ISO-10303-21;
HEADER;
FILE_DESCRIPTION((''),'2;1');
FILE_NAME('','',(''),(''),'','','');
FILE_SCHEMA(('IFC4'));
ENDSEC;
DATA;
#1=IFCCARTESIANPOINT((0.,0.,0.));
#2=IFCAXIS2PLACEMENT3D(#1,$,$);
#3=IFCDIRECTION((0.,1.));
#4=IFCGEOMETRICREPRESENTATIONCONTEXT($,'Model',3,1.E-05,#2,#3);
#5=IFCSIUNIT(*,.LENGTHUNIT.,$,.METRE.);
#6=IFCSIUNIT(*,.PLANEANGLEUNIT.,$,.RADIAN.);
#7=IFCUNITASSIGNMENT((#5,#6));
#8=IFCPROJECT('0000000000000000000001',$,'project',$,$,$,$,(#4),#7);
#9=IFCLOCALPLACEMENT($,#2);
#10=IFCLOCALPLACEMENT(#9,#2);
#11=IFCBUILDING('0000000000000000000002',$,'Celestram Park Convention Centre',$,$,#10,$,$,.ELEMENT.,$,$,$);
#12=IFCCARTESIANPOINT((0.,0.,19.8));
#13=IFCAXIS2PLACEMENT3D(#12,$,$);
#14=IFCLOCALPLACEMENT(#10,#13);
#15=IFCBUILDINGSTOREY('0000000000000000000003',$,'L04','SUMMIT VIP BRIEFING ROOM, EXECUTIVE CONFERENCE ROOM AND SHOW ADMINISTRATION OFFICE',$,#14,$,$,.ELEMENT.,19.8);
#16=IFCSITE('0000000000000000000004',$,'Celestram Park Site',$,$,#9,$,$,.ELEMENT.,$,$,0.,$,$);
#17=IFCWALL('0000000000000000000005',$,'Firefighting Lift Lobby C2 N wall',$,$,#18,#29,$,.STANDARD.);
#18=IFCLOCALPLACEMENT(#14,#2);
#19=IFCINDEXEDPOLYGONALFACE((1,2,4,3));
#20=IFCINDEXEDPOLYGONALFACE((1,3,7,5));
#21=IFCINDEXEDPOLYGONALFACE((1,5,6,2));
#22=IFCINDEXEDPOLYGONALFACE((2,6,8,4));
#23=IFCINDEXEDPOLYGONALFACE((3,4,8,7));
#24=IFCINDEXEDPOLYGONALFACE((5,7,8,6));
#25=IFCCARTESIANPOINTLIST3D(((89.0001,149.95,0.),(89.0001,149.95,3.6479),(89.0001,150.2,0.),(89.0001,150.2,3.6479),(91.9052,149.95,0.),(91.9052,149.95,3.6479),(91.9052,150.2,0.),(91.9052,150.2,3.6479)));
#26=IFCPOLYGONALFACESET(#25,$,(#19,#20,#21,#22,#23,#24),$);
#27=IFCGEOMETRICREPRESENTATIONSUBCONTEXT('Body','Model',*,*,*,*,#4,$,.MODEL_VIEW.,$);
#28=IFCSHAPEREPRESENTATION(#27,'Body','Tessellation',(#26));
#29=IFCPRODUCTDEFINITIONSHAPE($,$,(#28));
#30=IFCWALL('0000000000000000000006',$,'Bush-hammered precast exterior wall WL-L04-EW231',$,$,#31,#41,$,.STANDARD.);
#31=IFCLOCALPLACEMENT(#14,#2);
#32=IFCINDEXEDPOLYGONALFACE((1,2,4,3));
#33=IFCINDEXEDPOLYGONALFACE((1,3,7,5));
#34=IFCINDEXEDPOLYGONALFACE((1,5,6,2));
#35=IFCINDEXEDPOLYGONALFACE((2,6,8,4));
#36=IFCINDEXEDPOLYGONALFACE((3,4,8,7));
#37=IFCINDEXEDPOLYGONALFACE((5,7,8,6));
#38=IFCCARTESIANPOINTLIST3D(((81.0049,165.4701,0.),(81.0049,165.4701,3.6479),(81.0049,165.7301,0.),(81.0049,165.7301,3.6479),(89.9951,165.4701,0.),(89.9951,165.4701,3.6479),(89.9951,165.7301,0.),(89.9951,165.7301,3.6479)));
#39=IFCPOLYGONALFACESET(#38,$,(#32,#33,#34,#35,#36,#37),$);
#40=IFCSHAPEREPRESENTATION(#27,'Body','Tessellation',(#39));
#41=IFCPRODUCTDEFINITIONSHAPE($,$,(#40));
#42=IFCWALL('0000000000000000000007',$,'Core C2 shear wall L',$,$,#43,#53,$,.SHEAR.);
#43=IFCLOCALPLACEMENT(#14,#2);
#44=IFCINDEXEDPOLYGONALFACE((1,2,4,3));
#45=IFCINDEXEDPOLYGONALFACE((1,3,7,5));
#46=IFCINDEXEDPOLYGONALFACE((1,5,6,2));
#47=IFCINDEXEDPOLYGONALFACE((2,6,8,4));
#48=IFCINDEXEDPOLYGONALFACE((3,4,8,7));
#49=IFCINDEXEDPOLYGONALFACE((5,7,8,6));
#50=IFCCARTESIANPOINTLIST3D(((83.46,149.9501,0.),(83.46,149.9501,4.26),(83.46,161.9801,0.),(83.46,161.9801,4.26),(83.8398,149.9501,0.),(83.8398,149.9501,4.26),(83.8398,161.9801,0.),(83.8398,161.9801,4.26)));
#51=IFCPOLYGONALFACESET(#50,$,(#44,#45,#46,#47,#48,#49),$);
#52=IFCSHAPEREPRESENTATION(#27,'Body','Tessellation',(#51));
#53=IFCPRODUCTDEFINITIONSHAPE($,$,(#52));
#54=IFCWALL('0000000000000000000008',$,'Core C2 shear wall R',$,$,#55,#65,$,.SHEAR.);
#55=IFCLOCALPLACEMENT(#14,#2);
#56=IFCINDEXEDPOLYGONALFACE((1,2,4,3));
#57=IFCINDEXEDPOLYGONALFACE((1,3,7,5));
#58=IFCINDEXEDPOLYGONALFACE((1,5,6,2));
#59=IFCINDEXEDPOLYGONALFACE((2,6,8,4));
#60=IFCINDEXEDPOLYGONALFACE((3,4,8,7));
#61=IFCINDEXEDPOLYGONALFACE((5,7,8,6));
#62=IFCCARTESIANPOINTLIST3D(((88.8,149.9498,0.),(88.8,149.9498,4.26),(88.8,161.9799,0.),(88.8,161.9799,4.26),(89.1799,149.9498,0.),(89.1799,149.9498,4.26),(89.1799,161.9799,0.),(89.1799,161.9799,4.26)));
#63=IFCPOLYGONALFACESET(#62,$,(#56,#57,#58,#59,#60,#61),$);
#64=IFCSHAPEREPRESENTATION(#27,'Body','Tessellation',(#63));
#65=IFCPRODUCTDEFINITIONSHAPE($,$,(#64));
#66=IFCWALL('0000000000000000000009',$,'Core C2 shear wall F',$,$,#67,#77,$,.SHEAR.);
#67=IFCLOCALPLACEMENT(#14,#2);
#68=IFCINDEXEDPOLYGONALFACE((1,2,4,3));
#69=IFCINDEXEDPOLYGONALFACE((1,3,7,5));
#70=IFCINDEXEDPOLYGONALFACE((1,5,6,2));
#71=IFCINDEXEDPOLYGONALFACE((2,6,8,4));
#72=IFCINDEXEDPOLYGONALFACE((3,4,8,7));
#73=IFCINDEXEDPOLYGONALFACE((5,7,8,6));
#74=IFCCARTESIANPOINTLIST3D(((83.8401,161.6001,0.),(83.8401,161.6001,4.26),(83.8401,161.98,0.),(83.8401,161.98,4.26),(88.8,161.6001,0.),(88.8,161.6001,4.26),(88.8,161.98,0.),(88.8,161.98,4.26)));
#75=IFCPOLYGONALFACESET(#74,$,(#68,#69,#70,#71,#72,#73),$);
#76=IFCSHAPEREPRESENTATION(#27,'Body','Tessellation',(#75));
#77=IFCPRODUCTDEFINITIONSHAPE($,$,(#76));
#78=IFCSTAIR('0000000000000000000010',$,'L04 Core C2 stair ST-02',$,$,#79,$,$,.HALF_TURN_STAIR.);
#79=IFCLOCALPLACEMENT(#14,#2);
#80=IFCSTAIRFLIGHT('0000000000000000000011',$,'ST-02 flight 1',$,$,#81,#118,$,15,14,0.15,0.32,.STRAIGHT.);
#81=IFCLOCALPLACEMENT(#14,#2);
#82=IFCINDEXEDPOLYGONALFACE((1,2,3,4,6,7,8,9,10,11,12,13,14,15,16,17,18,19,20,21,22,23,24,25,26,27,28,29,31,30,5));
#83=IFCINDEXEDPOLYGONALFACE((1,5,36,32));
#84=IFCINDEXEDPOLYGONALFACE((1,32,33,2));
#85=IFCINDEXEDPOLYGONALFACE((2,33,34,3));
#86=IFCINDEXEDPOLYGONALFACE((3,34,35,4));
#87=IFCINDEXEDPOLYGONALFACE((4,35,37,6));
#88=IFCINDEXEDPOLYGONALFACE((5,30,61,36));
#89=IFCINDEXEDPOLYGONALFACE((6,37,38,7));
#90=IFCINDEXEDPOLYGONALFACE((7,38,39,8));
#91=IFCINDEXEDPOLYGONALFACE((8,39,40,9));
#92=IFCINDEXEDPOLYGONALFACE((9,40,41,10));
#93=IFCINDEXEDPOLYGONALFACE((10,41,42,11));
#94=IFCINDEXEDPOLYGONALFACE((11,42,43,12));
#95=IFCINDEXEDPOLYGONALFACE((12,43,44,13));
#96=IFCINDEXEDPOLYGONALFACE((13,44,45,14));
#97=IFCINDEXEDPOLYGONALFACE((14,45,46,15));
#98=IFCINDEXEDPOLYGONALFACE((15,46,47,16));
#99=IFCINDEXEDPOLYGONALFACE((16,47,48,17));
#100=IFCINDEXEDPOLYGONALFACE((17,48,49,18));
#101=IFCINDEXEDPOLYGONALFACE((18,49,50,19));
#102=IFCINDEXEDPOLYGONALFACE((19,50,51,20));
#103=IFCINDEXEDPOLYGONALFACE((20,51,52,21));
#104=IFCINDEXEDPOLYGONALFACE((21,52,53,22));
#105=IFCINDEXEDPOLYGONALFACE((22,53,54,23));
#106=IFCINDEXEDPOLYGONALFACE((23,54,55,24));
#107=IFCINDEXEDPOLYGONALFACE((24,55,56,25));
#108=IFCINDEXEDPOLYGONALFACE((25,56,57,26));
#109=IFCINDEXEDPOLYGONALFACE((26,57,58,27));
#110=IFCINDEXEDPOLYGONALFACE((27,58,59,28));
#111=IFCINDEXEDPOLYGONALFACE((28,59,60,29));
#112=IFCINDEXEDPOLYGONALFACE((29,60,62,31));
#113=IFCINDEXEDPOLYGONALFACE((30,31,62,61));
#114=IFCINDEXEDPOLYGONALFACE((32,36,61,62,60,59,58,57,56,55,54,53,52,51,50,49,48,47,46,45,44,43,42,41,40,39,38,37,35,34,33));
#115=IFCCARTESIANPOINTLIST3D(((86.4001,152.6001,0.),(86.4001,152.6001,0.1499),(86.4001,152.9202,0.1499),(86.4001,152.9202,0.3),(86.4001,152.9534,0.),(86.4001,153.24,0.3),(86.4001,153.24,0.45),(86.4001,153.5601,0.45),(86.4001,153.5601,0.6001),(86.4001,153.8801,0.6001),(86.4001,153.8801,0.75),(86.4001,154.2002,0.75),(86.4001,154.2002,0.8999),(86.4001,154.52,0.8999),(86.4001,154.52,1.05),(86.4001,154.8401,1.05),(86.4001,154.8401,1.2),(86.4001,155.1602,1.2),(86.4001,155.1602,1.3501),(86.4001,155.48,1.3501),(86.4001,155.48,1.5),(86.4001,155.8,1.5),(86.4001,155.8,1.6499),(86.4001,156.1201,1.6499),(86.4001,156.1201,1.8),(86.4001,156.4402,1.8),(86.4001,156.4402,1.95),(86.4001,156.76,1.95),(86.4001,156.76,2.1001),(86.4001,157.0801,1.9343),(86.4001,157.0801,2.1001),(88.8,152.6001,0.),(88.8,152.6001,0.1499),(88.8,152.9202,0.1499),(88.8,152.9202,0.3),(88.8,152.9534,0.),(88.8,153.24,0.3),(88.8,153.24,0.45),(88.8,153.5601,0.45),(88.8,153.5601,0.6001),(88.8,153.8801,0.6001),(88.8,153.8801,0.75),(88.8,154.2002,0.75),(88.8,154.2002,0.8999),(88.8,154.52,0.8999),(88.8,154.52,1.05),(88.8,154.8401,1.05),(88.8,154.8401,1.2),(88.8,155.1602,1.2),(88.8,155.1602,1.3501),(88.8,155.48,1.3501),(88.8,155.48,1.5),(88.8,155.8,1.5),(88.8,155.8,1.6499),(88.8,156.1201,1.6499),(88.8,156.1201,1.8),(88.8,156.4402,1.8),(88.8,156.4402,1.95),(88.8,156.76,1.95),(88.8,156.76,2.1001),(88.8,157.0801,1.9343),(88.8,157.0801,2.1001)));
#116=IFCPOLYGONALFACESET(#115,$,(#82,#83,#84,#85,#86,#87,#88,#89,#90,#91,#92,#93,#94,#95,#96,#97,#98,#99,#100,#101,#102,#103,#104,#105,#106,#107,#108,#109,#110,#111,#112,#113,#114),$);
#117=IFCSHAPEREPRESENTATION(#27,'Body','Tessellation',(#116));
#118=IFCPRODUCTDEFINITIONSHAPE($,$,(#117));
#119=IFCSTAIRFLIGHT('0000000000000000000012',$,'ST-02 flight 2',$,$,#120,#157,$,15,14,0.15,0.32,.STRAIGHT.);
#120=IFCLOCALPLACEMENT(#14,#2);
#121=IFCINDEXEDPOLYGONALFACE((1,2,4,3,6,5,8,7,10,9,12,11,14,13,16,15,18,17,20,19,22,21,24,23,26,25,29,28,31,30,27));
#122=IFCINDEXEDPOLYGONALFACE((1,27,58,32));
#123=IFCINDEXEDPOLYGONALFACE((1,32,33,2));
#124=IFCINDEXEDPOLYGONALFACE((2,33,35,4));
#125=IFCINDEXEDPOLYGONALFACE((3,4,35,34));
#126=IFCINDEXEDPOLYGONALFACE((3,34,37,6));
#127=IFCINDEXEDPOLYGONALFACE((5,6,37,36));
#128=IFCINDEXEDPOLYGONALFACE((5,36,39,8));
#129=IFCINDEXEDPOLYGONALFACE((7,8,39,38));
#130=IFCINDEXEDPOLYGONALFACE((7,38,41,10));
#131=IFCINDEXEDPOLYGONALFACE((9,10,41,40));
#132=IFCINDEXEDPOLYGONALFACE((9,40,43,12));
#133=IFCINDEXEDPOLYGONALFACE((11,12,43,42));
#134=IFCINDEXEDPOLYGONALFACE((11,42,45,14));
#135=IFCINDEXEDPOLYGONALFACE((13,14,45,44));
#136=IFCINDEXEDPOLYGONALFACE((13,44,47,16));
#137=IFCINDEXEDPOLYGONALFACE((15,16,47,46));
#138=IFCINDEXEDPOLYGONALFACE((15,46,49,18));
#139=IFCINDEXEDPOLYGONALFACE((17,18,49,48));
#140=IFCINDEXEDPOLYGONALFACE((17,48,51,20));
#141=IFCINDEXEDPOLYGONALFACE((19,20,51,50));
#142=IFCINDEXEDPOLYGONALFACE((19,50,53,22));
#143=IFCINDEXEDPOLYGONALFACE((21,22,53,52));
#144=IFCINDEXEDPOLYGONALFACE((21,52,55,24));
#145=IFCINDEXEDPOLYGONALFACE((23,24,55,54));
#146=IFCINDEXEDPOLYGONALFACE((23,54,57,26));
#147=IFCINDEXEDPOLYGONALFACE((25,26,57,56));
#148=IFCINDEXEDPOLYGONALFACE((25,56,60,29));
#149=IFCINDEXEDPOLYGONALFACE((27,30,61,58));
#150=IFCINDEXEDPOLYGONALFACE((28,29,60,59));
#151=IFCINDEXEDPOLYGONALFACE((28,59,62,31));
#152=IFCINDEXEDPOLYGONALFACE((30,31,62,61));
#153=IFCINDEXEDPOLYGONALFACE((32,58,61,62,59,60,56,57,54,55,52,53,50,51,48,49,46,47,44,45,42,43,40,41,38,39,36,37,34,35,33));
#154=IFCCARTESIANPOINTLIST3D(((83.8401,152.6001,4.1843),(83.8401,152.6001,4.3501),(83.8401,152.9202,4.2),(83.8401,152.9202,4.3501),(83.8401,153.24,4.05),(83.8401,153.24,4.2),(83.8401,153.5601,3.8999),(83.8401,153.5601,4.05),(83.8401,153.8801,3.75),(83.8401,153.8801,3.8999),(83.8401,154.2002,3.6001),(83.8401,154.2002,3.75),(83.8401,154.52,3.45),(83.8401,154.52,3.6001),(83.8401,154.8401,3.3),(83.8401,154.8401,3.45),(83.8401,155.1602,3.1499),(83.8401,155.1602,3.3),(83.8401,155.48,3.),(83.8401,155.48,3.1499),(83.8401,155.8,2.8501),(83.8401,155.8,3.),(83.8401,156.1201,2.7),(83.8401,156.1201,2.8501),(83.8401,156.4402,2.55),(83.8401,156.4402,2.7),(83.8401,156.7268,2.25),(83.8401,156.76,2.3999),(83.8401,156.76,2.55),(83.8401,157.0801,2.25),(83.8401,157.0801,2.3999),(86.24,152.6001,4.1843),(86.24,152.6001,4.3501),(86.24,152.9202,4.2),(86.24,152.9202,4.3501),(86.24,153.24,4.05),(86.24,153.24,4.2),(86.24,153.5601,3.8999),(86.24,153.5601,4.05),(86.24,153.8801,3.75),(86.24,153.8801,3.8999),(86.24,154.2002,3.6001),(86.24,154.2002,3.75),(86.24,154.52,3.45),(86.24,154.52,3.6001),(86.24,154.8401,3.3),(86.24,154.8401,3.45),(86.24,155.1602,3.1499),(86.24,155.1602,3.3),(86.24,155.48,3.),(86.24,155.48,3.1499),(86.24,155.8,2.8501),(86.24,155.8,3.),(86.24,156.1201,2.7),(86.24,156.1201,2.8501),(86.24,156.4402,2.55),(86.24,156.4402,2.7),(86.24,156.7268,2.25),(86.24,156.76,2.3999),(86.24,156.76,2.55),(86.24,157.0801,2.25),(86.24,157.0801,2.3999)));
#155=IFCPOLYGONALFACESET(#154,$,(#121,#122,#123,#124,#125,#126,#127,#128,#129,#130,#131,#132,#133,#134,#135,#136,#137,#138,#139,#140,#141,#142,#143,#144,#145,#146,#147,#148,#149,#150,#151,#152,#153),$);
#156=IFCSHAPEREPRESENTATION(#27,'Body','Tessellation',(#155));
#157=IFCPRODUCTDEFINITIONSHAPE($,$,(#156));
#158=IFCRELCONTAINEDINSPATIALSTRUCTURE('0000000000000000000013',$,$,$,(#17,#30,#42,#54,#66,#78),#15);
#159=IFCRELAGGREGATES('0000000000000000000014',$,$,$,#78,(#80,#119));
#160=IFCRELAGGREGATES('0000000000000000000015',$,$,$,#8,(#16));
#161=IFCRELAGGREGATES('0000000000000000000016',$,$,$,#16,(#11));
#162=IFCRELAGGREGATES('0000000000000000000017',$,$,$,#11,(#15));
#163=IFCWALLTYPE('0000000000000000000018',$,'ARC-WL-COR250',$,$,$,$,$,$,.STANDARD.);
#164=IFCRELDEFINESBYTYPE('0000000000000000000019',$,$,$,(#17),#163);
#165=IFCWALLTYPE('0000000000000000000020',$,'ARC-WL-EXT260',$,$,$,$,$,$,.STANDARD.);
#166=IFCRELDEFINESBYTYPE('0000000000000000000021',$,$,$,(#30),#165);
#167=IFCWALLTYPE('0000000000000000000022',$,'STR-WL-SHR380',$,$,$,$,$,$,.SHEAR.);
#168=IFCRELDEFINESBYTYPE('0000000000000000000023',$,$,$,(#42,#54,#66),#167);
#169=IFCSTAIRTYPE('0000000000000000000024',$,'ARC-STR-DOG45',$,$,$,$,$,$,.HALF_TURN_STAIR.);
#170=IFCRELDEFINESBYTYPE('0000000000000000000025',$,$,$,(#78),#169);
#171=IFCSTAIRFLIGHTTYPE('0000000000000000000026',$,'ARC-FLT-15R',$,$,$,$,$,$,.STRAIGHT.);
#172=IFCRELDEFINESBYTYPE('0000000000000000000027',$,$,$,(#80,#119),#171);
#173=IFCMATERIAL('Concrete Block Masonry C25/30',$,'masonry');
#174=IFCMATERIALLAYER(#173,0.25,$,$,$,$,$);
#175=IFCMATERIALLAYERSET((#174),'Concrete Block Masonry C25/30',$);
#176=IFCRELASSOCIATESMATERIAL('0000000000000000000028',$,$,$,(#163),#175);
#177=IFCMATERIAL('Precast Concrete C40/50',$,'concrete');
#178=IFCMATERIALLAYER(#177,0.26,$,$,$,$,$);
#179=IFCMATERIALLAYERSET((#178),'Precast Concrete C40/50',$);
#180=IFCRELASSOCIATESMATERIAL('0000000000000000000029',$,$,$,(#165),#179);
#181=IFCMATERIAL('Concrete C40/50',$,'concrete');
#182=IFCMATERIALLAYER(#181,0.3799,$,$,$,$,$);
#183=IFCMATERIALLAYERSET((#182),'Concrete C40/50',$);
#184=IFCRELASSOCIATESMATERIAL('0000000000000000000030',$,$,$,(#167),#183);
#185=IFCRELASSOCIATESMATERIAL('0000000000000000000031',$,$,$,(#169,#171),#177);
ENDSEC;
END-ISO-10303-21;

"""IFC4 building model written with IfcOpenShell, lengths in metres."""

from ifc_helpers import new_model, si_unit, direction, frame, frame_2d, origin, place, context, subcontext, project, spatial, polyline, rectangle, outline, extrude, material, layer, layer_set, type_object, element, aggregate, save


model = new_model("IFC4")

# Units and contexts
model_context = context("Model", 3, precision=1e-05, world=origin(), true_north=direction((0.0, 1.0)))
body_context = subcontext(model_context, "Body", "Model", "MODEL_VIEW")
ifc_project = project(units=[si_unit("LENGTHUNIT", "METRE"), si_unit("PLANEANGLEUNIT", "RADIAN")], contexts=[model_context])

# Site, building, storey
site_placement = place(None, origin())
site = spatial("IfcSite", under=ifc_project, at=site_placement, Name="Celestram Park Site", CompositionType="ELEMENT", RefElevation=0.0)
building_placement = place(site_placement, origin())
building = spatial("IfcBuilding", under=site, at=building_placement, Name="Celestram Park Convention Centre", CompositionType="ELEMENT")
storey_placement = place(building_placement, frame((0.0, 0.0, 19.8)))
storey = spatial("IfcBuildingStorey", under=building, at=storey_placement, Name="L04", Description="SUMMIT VIP BRIEFING ROOM, EXECUTIVE CONFERENCE ROOM AND SHOW ADMINISTRATION OFFICE", CompositionType="ELEMENT", Elevation=19.8)

# Shared definitions
ifc_material_1 = material(Name="Concrete Block Masonry C25/30", Category="masonry")
ifc_layer_1 = layer(ifc_material_1, 0.25)
ifc_layer_set_1 = layer_set([ifc_layer_1], Name="Concrete Block Masonry C25/30")
wall_type_1 = type_object("IfcWallType", Name="ARC-WL-COR250", PredefinedType="STANDARD", material=ifc_layer_set_1)

# Walls
wall_1_placement = place(storey_placement, frame((89.0, 150.075, 0.0), z_axis=(0.0, 0.0, 1.0), x_axis=(1.0, 0.0, 0.0)))
element("IfcWall", 1, at=wall_1_placement, inside=storey, type_object=wall_type_1, Name="Firefighting Lift Lobby C2 N wall", PredefinedType="STANDARD", context=body_context, shape_type="SweptSolid", body=[
    extrude(rectangle(XDim=2.905, YDim=0.25, at=frame_2d((1.4526, 0.0))), origin(), (0.0, 0.0, 1.0), 3.6479),
])
ifc_material_2 = material(Name="Precast Concrete C40/50", Category="concrete")
ifc_layer_2 = layer(ifc_material_2, 0.26)
ifc_layer_set_2 = layer_set([ifc_layer_2], Name="Precast Concrete C40/50")
wall_type_2 = type_object("IfcWallType", Name="ARC-WL-EXT260", PredefinedType="STANDARD", material=ifc_layer_set_2)
wall_2_placement = place(storey_placement, frame((81.0049, 165.6001, 0.0), z_axis=(0.0, 0.0, 1.0), x_axis=(1.0, 0.0, 0.0)))
element("IfcWall", 2, at=wall_2_placement, inside=storey, type_object=wall_type_2, Name="Bush-hammered precast exterior wall WL-L04-EW231", PredefinedType="STANDARD", context=body_context, shape_type="SweptSolid", body=[
    extrude(rectangle(XDim=8.9902, YDim=0.26, at=frame_2d((4.4951, 0.0))), origin(), (0.0, 0.0, 1.0), 3.6479),
])
ifc_material_3 = material(Name="Concrete C40/50", Category="concrete")
ifc_layer_3 = layer(ifc_material_3, 0.3799)
ifc_layer_set_3 = layer_set([ifc_layer_3], Name="Concrete C40/50")
wall_type_3 = type_object("IfcWallType", Name="STR-WL-SHR380", PredefinedType="SHEAR", material=ifc_layer_set_3)
for number, where, z_axis, x_axis, name in (
    (3, (83.6499, 149.95, 0.0), (0.0, 0.0, 1.0), (0.0, 1.0, 0.0), "Core C2 shear wall L"),
    (4, (88.99, 161.98, 0.0), (0.0, 0.0, 1.0), (0.0, -1.0, 0.0), "Core C2 shear wall R"),
):
    element("IfcWall", number, at=place(storey_placement, frame(where, z_axis=z_axis, x_axis=x_axis)), inside=storey, type_object=wall_type_3, Name=name, PredefinedType="SHEAR", context=body_context, shape_type="SweptSolid", body=[
        extrude(rectangle(XDim=12.03, YDim=0.3799, at=frame_2d((6.0151, 0.0))), origin(), (0.0, 0.0, 1.0), 4.26),
    ])
wall_3_placement = place(storey_placement, frame((83.8401, 161.79, 0.0), z_axis=(0.0, 0.0, 1.0), x_axis=(1.0, 0.0, 0.0)))
element("IfcWall", 5, at=wall_3_placement, inside=storey, type_object=wall_type_3, Name="Core C2 shear wall F", PredefinedType="SHEAR", context=body_context, shape_type="SweptSolid", body=[
    extrude(rectangle(XDim=4.96, YDim=0.3799, at=frame_2d((2.48, 0.0))), origin(), (0.0, 0.0, 1.0), 4.26),
])

# Stair, stair flights
stair_type = type_object("IfcStairType", Name="ARC-STR-DOG45", PredefinedType="HALF_TURN_STAIR", material=ifc_material_2)
stair_placement = place(storey_placement, origin())
stair = element("IfcStair", 6, at=stair_placement, inside=storey, type_object=stair_type, Name="L04 Core C2 stair ST-02", PredefinedType="HALF_TURN_STAIR")
stair_flight_type = type_object("IfcStairFlightType", Name="ARC-FLT-15R", PredefinedType="STRAIGHT", material=ifc_material_2)
stair_flight_1_placement = place(storey_placement, frame((87.6001, 152.6001, 0.0), z_axis=(0.0, 0.0, 1.0), x_axis=(0.0, 1.0, 0.0)))
stair_flight_1 = element("IfcStairFlight", 7, at=stair_flight_1_placement, type_object=stair_flight_type, Name="ST-02 flight 1", NumberOfRisers=15, NumberOfTreads=14, PredefinedType="STRAIGHT", RiserHeight=0.15, TreadLength=0.32, context=body_context, shape_type="SweptSolid", body=[
    extrude(outline(polyline([(0.0, 0.0), (0.0, 0.1499), (0.3201, 0.1499), (0.3201, 0.3), (0.6399, 0.3), (0.6399, 0.45), (0.96, 0.45), (0.96, 0.6001), (1.28, 0.6001), (1.28, 0.75), (1.6001, 0.75), (1.6001, 0.8999), (1.9199, 0.8999), (1.9199, 1.05), (2.24, 1.05), (2.24, 1.2), (2.5601, 1.2), (2.5601, 1.3501), (2.8799, 1.3501), (2.8799, 1.5), (3.2, 1.5), (3.2, 1.6499), (3.52, 1.6499), (3.52, 1.8), (3.8401, 1.8), (3.8401, 1.95), (4.1599, 1.95), (4.1599, 2.1001), (4.48, 2.1001), (4.48, 2.25), (4.48, 1.9343), (0.3533, 0.0), (0.0, 0.0)])), frame((0.0, 1.2, 0.0), z_axis=(0.0, -1.0, 0.0), x_axis=(1.0, 0.0, 0.0)), (0.0, 0.0, 1.0), 2.3999),
])
stair_flight_2_placement = place(storey_placement, frame((85.04, 157.0801, 2.25), z_axis=(0.0, 0.0, 1.0), x_axis=(0.0, -1.0, 0.0)))
stair_flight_2 = element("IfcStairFlight", 8, at=stair_flight_2_placement, type_object=stair_flight_type, Name="ST-02 flight 2", NumberOfRisers=15, NumberOfTreads=14, PredefinedType="STRAIGHT", RiserHeight=0.15, TreadLength=0.32, context=body_context, shape_type="SweptSolid", body=[
    extrude(outline(polyline([(0.0, 0.0), (0.0, 0.1499), (0.3201, 0.1499), (0.3201, 0.3), (0.6399, 0.3), (0.6399, 0.45), (0.96, 0.45), (0.96, 0.6001), (1.28, 0.6001), (1.28, 0.75), (1.6001, 0.75), (1.6001, 0.8999), (1.9199, 0.8999), (1.9199, 1.05), (2.24, 1.05), (2.24, 1.2), (2.5601, 1.2), (2.5601, 1.3501), (2.8799, 1.3501), (2.8799, 1.5), (3.2, 1.5), (3.2, 1.6499), (3.52, 1.6499), (3.52, 1.8), (3.8401, 1.8), (3.8401, 1.95), (4.1599, 1.95), (4.1599, 2.1001), (4.48, 2.1001), (4.48, 2.25), (4.48, 1.9343), (0.3533, 0.0), (0.0, 0.0)])), frame((0.0, 1.2, 0.0), z_axis=(0.0, -1.0, 0.0), x_axis=(1.0, 0.0, 0.0)), (0.0, 0.0, 1.0), 2.3999),
])
aggregate(stair, [stair_flight_1, stair_flight_2])

save(model, "model.ifc")
